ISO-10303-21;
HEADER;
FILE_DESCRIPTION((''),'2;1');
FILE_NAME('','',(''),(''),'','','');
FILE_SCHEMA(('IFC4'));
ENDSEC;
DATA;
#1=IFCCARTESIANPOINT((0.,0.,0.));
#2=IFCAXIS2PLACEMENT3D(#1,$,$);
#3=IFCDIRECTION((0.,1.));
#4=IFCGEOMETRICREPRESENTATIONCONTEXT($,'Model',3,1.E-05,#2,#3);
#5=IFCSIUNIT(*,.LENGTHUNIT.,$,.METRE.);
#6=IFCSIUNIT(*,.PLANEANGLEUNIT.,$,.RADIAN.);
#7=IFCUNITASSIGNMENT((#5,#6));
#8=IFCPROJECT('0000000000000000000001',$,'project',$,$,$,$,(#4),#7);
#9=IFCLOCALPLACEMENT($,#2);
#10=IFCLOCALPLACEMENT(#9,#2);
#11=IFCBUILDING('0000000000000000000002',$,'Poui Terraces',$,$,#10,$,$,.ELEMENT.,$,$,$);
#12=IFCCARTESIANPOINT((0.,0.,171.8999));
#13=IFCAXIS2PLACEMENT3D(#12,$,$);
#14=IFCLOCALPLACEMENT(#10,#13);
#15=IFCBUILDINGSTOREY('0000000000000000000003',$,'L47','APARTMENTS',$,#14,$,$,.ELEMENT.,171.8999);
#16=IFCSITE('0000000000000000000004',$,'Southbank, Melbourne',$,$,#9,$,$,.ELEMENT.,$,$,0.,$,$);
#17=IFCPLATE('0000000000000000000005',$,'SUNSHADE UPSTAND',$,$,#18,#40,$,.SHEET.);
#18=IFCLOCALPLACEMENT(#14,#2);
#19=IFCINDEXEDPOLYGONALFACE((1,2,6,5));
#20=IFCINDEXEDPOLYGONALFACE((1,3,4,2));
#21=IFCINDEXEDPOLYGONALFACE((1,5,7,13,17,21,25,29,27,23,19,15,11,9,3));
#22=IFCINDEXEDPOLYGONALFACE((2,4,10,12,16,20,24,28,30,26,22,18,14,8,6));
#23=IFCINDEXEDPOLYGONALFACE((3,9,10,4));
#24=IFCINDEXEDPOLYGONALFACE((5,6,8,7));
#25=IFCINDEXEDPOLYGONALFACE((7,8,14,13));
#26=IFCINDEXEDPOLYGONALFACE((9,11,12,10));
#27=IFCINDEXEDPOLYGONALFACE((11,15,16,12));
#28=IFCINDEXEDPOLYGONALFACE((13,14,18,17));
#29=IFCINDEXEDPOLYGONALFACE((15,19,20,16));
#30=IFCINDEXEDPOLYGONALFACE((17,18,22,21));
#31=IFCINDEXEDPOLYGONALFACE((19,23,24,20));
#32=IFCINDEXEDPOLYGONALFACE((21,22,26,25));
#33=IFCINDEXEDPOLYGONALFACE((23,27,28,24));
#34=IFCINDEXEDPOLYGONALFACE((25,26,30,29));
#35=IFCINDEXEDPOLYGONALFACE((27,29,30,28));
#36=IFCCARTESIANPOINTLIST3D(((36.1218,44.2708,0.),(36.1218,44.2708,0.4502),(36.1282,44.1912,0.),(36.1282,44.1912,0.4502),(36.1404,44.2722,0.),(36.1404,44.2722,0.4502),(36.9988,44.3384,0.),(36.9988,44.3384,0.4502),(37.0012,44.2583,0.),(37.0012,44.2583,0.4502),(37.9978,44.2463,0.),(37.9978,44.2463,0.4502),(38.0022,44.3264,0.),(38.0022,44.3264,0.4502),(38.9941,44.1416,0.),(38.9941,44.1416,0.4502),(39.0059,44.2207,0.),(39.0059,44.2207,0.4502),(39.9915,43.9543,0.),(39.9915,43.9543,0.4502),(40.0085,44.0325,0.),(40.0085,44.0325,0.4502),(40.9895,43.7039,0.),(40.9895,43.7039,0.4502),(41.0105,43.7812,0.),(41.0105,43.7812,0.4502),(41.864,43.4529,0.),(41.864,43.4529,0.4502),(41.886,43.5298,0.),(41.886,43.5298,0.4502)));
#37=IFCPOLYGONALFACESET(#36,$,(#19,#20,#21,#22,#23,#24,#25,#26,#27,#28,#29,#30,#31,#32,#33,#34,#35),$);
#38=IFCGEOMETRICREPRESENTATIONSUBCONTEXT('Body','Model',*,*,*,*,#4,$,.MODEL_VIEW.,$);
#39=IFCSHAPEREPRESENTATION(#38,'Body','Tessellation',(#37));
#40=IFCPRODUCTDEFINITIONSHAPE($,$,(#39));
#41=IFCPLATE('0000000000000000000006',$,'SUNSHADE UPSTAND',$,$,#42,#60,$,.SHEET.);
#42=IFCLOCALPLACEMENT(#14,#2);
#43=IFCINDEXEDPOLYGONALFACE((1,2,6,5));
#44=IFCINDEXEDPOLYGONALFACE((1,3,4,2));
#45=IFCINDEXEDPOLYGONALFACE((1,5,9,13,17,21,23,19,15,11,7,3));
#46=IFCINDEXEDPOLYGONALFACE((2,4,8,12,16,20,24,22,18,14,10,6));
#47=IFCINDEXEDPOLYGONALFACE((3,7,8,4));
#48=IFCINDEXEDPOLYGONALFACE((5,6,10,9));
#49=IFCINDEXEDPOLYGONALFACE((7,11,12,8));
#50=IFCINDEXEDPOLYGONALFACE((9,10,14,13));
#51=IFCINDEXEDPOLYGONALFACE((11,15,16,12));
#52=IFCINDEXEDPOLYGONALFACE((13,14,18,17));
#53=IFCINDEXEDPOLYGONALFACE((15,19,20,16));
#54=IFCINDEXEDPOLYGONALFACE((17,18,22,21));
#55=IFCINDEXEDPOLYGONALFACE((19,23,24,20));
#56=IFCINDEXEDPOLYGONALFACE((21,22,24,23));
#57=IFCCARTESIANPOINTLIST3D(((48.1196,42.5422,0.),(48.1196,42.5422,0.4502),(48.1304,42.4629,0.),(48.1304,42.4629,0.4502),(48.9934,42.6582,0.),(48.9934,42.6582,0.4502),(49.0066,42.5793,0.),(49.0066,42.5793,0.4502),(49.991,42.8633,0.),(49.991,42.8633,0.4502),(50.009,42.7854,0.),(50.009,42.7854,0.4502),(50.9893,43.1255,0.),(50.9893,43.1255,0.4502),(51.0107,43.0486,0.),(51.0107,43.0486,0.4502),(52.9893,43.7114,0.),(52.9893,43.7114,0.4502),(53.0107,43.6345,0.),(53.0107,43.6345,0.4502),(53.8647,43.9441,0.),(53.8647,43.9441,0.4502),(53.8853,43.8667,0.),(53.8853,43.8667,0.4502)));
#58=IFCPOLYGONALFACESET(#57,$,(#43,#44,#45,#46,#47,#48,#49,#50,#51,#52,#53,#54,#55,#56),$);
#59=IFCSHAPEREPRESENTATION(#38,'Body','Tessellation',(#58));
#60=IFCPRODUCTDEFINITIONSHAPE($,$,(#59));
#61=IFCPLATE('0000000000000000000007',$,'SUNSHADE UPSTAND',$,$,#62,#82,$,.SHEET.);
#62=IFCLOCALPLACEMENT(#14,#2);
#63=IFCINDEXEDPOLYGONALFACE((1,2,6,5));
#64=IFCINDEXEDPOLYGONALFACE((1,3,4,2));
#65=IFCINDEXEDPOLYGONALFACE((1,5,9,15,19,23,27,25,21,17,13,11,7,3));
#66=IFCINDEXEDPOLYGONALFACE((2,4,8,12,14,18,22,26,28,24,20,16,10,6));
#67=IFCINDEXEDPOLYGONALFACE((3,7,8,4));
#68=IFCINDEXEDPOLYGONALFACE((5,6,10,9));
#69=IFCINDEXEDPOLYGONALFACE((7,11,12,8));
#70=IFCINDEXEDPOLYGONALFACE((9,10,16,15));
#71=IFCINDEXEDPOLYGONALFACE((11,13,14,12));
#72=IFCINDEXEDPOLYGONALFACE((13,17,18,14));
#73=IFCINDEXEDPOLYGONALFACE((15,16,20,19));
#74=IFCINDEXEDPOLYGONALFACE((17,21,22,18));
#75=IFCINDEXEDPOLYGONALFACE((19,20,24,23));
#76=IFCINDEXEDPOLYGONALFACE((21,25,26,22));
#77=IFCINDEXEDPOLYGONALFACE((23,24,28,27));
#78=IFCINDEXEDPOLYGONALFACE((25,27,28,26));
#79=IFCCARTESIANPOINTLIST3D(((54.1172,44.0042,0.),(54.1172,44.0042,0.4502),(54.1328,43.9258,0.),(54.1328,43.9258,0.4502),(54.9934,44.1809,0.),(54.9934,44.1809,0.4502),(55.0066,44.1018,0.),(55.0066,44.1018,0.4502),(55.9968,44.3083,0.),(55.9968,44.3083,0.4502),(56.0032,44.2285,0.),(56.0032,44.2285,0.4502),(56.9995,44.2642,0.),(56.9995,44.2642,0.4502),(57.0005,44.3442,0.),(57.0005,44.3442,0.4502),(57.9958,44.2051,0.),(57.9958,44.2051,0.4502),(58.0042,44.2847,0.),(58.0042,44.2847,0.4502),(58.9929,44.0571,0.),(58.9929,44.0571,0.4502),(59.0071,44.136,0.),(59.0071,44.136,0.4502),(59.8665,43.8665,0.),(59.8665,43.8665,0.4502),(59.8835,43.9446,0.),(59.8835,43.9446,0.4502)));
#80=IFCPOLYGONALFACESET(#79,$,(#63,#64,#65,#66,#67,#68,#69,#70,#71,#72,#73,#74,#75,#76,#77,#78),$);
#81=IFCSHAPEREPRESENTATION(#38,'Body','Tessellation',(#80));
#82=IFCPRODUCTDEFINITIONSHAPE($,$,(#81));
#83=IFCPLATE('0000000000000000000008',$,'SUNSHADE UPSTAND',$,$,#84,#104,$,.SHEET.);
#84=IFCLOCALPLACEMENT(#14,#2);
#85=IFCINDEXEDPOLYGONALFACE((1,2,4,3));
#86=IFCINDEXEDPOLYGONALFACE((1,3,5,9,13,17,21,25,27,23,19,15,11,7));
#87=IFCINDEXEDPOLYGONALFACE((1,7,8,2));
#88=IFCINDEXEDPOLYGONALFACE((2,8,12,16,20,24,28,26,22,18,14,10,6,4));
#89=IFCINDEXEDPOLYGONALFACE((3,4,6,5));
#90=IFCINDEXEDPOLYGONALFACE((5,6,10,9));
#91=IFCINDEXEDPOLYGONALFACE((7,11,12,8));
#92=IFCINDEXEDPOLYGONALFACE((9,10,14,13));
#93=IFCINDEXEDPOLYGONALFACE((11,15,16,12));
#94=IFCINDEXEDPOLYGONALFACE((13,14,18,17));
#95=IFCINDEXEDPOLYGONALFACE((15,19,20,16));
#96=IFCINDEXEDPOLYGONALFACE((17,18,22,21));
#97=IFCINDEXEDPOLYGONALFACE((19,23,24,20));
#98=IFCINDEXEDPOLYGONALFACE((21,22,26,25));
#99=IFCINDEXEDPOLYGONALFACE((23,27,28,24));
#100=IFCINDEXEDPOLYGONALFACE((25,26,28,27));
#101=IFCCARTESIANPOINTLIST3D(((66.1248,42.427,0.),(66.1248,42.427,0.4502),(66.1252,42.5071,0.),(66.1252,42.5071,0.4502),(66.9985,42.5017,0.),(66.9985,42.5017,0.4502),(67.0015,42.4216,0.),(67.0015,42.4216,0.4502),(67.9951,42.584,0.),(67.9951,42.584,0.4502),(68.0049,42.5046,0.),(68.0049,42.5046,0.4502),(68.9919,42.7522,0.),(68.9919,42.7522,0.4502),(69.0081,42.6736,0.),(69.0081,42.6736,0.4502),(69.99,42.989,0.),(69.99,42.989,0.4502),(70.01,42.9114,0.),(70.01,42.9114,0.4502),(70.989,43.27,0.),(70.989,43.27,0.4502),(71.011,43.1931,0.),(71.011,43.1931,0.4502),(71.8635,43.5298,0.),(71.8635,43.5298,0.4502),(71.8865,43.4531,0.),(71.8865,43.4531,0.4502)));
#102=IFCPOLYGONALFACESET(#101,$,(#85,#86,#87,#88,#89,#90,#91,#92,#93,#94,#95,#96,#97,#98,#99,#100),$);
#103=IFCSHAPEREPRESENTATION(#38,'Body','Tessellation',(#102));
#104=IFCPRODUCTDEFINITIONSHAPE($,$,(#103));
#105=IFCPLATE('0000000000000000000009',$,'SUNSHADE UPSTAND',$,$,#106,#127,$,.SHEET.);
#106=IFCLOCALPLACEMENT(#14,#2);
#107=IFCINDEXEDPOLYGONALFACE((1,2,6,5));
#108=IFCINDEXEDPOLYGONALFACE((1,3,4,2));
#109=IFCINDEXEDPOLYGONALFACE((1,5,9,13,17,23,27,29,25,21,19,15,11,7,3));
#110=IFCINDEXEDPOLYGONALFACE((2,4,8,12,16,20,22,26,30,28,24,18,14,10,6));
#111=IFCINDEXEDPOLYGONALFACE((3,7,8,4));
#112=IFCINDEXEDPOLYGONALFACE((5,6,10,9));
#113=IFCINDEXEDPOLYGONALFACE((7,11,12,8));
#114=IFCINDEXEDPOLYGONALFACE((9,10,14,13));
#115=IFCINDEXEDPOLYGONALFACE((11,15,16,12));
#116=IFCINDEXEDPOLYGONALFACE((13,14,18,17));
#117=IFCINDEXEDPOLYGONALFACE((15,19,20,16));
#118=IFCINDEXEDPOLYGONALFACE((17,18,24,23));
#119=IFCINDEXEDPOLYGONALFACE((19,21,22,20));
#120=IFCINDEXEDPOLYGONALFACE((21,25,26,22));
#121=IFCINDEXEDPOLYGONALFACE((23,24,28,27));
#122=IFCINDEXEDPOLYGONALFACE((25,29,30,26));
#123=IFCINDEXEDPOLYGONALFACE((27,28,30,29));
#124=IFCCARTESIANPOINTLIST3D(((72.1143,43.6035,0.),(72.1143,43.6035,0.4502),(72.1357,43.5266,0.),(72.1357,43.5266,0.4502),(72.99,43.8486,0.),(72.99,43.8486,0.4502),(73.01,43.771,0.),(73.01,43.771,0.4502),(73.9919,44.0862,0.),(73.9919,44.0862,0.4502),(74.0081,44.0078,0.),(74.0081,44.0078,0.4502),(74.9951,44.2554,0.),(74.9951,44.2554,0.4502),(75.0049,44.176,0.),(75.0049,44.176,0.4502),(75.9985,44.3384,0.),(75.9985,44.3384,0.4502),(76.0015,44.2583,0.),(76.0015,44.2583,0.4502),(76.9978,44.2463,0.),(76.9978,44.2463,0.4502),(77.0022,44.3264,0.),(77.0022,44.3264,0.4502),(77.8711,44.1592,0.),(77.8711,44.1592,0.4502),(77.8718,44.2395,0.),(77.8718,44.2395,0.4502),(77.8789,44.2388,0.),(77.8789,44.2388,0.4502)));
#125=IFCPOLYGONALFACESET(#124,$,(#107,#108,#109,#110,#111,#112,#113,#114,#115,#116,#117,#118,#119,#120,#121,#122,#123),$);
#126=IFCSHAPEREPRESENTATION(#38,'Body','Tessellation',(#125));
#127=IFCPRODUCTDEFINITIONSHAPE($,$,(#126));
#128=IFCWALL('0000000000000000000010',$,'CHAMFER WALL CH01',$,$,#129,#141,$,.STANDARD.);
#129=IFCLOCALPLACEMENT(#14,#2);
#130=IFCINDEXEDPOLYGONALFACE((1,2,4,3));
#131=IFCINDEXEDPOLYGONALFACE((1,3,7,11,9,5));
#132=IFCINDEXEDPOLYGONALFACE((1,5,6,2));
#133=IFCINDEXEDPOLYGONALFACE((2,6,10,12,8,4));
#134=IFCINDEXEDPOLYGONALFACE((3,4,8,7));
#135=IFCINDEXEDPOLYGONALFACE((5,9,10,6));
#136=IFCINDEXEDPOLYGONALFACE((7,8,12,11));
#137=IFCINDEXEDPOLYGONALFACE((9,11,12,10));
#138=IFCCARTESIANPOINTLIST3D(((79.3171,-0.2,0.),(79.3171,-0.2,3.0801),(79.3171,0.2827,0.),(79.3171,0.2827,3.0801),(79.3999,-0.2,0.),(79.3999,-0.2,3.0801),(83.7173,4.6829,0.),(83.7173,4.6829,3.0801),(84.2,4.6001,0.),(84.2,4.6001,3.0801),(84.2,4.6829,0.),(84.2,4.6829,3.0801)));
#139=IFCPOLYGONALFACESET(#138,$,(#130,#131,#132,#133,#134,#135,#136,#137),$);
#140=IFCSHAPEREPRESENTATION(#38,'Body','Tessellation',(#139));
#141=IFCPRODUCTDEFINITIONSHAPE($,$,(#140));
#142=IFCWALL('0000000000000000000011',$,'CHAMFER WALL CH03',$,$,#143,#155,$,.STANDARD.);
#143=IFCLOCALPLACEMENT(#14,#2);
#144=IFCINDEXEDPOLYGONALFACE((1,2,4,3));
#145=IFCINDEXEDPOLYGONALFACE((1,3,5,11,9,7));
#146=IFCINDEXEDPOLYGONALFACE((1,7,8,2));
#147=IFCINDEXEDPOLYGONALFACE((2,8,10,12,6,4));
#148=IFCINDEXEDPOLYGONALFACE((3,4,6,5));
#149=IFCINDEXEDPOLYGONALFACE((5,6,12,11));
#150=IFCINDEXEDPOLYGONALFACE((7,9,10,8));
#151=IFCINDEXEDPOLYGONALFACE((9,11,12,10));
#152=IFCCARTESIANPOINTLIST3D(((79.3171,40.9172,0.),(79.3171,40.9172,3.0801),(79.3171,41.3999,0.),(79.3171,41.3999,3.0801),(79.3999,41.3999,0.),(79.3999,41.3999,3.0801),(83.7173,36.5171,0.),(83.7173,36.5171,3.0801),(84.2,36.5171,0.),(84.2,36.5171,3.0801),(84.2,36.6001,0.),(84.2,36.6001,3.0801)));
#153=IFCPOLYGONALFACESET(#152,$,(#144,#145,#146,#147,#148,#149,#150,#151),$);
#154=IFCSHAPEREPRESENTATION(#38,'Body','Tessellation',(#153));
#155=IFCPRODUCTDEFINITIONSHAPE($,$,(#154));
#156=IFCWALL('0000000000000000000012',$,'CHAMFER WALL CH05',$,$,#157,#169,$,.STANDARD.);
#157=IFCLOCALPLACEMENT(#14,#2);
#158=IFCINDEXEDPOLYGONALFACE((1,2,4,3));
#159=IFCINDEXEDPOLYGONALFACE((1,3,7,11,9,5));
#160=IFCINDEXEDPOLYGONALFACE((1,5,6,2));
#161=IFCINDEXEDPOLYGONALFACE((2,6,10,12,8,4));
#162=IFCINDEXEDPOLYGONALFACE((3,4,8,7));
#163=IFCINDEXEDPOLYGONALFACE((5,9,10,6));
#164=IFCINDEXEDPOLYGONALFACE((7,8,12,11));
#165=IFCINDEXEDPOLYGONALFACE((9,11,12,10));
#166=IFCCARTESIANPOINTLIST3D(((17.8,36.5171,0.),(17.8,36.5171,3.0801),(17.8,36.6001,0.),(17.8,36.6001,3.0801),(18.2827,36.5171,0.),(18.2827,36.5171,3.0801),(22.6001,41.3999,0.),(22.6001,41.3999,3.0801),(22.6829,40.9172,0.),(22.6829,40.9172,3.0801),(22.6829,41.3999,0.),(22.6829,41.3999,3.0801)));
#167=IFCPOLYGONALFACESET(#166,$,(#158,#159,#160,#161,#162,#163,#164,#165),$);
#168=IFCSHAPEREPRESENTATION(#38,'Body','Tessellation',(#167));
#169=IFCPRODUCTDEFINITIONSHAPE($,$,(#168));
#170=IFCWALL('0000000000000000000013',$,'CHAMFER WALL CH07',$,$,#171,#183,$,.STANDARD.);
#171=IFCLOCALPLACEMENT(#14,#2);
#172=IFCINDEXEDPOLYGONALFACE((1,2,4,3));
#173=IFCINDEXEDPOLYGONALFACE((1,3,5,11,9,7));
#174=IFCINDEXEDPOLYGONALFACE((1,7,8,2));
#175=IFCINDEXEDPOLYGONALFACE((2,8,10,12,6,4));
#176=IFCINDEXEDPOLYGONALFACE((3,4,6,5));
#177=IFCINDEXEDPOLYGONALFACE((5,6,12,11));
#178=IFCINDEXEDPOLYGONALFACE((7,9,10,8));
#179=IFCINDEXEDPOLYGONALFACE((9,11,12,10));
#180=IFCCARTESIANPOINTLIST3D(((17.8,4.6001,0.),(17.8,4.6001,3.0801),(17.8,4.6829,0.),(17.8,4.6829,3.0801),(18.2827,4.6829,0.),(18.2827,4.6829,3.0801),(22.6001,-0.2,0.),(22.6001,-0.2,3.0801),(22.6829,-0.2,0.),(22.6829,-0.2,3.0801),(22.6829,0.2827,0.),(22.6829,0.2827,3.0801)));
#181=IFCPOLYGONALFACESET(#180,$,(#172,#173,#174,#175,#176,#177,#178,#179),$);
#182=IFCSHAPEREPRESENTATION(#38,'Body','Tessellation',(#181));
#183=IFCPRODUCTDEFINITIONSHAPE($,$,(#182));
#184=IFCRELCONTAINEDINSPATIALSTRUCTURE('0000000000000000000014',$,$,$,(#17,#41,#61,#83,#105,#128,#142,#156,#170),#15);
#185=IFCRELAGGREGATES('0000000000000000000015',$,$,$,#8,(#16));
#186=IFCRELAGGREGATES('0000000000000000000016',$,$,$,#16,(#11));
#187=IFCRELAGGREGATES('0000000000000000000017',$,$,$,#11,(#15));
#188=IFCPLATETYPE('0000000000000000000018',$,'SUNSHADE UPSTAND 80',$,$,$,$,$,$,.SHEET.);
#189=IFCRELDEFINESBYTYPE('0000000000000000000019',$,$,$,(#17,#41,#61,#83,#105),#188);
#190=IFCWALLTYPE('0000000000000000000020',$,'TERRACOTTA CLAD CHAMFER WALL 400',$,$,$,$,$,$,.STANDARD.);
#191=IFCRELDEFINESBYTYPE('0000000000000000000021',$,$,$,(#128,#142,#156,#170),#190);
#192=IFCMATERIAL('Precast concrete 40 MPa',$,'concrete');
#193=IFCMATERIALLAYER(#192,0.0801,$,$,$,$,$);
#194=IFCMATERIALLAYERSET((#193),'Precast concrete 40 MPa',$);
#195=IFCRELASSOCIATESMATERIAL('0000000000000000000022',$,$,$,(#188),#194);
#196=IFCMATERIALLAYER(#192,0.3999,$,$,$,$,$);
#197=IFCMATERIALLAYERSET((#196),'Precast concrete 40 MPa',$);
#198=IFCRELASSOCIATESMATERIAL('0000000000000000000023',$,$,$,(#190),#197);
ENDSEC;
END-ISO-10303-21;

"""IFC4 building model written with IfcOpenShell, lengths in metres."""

from ifc_helpers import new_model, si_unit, direction, frame, origin, place, context, subcontext, project, spatial, polyline, outline, extrude, material, layer, layer_set, type_object, element, save


model = new_model("IFC4")

# Units and contexts
model_context = context("Model", 3, precision=1e-05, world=origin(), true_north=direction((0.0, 1.0)))
body_context = subcontext(model_context, "Body", "Model", "MODEL_VIEW")
ifc_project = project(units=[si_unit("LENGTHUNIT", "METRE"), si_unit("PLANEANGLEUNIT", "RADIAN")], contexts=[model_context])

# Site, building, storey
site_placement = place(None, origin())
site = spatial("IfcSite", under=ifc_project, at=site_placement, Name="Southbank, Melbourne", CompositionType="ELEMENT", RefElevation=0.0)
building_placement = place(site_placement, origin())
building = spatial("IfcBuilding", under=site, at=building_placement, Name="Poui Terraces", CompositionType="ELEMENT")
storey_placement = place(building_placement, frame((0.0, 0.0, 171.8999)))
storey = spatial("IfcBuildingStorey", under=building, at=storey_placement, Name="L47", Description="APARTMENTS", CompositionType="ELEMENT", Elevation=171.8999)

# Shared definitions
ifc_material_1 = material(Name="Precast concrete 40 MPa", Category="concrete")

# Plates
ifc_layer_1 = layer(ifc_material_1, 0.0801)
ifc_layer_set_1 = layer_set([ifc_layer_1], Name="Precast concrete 40 MPa")
plate_type = type_object("IfcPlateType", Name="SUNSHADE UPSTAND 80", PredefinedType="SHEET", material=ifc_layer_set_1)
plate_1_placement = place(storey_placement, origin())
element("IfcPlate", 1, at=plate_1_placement, inside=storey, type_object=plate_type, Name="SUNSHADE UPSTAND", PredefinedType="SHEET", context=body_context, shape_type="SweptSolid", body=[
    extrude(outline(polyline([(36.9988, 44.3384), (36.1404, 44.2722), (36.1218, 44.2708), (36.1282, 44.1912), (37.0012, 44.2583), (37.9978, 44.2463), (38.9941, 44.1416), (39.9915, 43.9543), (40.9895, 43.7039), (41.864, 43.4529), (41.886, 43.5298), (41.0105, 43.7812), (40.0085, 44.0325), (39.0059, 44.2207), (38.0022, 44.3264), (36.9988, 44.3384)])), origin(), (0.0, 0.0, 1.0), 0.4502),
])
plate_2_placement = place(storey_placement, origin())
element("IfcPlate", 2, at=plate_2_placement, inside=storey, type_object=plate_type, Name="SUNSHADE UPSTAND", PredefinedType="SHEET", context=body_context, shape_type="SweptSolid", body=[
    extrude(outline(polyline([(48.9934, 42.6582), (48.1196, 42.5422), (48.1304, 42.4629), (49.0066, 42.5793), (50.009, 42.7854), (51.0107, 43.0486), (53.0107, 43.6345), (53.8853, 43.8667), (53.8647, 43.9441), (52.9893, 43.7114), (50.9893, 43.1255), (49.991, 42.8633), (48.9934, 42.6582)])), origin(), (0.0, 0.0, 1.0), 0.4502),
])
plate_3_placement = place(storey_placement, origin())
element("IfcPlate", 3, at=plate_3_placement, inside=storey, type_object=plate_type, Name="SUNSHADE UPSTAND", PredefinedType="SHEET", context=body_context, shape_type="SweptSolid", body=[
    extrude(outline(polyline([(54.9934, 44.1809), (54.1172, 44.0042), (54.1328, 43.9258), (55.0066, 44.1018), (56.0032, 44.2285), (56.9995, 44.2642), (57.9958, 44.2051), (58.9929, 44.0571), (59.8665, 43.8665), (59.8835, 43.9446), (59.0071, 44.136), (58.0042, 44.2847), (57.0005, 44.3442), (55.9968, 44.3083), (54.9934, 44.1809)])), origin(), (0.0, 0.0, 1.0), 0.4502),
])
plate_4_placement = place(storey_placement, origin())
element("IfcPlate", 4, at=plate_4_placement, inside=storey, type_object=plate_type, Name="SUNSHADE UPSTAND", PredefinedType="SHEET", context=body_context, shape_type="SweptSolid", body=[
    extrude(outline(polyline([(66.9985, 42.5017), (66.1252, 42.5071), (66.1248, 42.427), (67.0015, 42.4216), (68.0049, 42.5046), (69.0081, 42.6736), (70.01, 42.9114), (71.011, 43.1931), (71.8865, 43.4531), (71.8635, 43.5298), (70.989, 43.27), (69.99, 42.989), (68.9919, 42.7522), (67.9951, 42.584), (66.9985, 42.5017)])), origin(), (0.0, 0.0, 1.0), 0.4502),
])
plate_5_placement = place(storey_placement, origin())
element("IfcPlate", 5, at=plate_5_placement, inside=storey, type_object=plate_type, Name="SUNSHADE UPSTAND", PredefinedType="SHEET", context=body_context, shape_type="SweptSolid", body=[
    extrude(outline(polyline([(72.99, 43.8486), (72.1143, 43.6035), (72.1357, 43.5266), (73.01, 43.771), (74.0081, 44.0078), (75.0049, 44.176), (76.0015, 44.2583), (76.9978, 44.2463), (77.8711, 44.1592), (77.8789, 44.2388), (77.8718, 44.2395), (77.0022, 44.3264), (75.9985, 44.3384), (74.9951, 44.2554), (73.9919, 44.0862), (72.99, 43.8486)])), origin(), (0.0, 0.0, 1.0), 0.4502),
])

# Walls
ifc_layer_2 = layer(ifc_material_1, 0.3999)
ifc_layer_set_2 = layer_set([ifc_layer_2], Name="Precast concrete 40 MPa")
wall_type = type_object("IfcWallType", Name="TERRACOTTA CLAD CHAMFER WALL 400", PredefinedType="STANDARD", material=ifc_layer_set_2)
wall_1_placement = place(storey_placement, origin())
element("IfcWall", 6, at=wall_1_placement, inside=storey, type_object=wall_type, Name="CHAMFER WALL CH01", PredefinedType="STANDARD", context=body_context, shape_type="SweptSolid", body=[
    extrude(outline(polyline([(79.3171, -0.2), (79.3999, -0.2), (84.2, 4.6001), (84.2, 4.6829), (83.7173, 4.6829), (79.3171, 0.2827), (79.3171, -0.2)])), origin(), (0.0, 0.0, 1.0), 3.0801),
])
wall_2_placement = place(storey_placement, origin())
element("IfcWall", 7, at=wall_2_placement, inside=storey, type_object=wall_type, Name="CHAMFER WALL CH03", PredefinedType="STANDARD", context=body_context, shape_type="SweptSolid", body=[
    extrude(outline(polyline([(84.2, 36.5171), (84.2, 36.6001), (79.3999, 41.3999), (79.3171, 41.3999), (79.3171, 40.9172), (83.7173, 36.5171), (84.2, 36.5171)])), origin(), (0.0, 0.0, 1.0), 3.0801),
])
wall_3_placement = place(storey_placement, origin())
element("IfcWall", 8, at=wall_3_placement, inside=storey, type_object=wall_type, Name="CHAMFER WALL CH05", PredefinedType="STANDARD", context=body_context, shape_type="SweptSolid", body=[
    extrude(outline(polyline([(22.6829, 41.3999), (22.6001, 41.3999), (17.8, 36.6001), (17.8, 36.5171), (18.2827, 36.5171), (22.6829, 40.9172), (22.6829, 41.3999)])), origin(), (0.0, 0.0, 1.0), 3.0801),
])
wall_4_placement = place(storey_placement, origin())
element("IfcWall", 9, at=wall_4_placement, inside=storey, type_object=wall_type, Name="CHAMFER WALL CH07", PredefinedType="STANDARD", context=body_context, shape_type="SweptSolid", body=[
    extrude(outline(polyline([(17.8, 4.6829), (17.8, 4.6001), (22.6001, -0.2), (22.6829, -0.2), (22.6829, 0.2827), (18.2827, 4.6829), (17.8, 4.6829)])), origin(), (0.0, 0.0, 1.0), 3.0801),
])

save(model, "model.ifc")
